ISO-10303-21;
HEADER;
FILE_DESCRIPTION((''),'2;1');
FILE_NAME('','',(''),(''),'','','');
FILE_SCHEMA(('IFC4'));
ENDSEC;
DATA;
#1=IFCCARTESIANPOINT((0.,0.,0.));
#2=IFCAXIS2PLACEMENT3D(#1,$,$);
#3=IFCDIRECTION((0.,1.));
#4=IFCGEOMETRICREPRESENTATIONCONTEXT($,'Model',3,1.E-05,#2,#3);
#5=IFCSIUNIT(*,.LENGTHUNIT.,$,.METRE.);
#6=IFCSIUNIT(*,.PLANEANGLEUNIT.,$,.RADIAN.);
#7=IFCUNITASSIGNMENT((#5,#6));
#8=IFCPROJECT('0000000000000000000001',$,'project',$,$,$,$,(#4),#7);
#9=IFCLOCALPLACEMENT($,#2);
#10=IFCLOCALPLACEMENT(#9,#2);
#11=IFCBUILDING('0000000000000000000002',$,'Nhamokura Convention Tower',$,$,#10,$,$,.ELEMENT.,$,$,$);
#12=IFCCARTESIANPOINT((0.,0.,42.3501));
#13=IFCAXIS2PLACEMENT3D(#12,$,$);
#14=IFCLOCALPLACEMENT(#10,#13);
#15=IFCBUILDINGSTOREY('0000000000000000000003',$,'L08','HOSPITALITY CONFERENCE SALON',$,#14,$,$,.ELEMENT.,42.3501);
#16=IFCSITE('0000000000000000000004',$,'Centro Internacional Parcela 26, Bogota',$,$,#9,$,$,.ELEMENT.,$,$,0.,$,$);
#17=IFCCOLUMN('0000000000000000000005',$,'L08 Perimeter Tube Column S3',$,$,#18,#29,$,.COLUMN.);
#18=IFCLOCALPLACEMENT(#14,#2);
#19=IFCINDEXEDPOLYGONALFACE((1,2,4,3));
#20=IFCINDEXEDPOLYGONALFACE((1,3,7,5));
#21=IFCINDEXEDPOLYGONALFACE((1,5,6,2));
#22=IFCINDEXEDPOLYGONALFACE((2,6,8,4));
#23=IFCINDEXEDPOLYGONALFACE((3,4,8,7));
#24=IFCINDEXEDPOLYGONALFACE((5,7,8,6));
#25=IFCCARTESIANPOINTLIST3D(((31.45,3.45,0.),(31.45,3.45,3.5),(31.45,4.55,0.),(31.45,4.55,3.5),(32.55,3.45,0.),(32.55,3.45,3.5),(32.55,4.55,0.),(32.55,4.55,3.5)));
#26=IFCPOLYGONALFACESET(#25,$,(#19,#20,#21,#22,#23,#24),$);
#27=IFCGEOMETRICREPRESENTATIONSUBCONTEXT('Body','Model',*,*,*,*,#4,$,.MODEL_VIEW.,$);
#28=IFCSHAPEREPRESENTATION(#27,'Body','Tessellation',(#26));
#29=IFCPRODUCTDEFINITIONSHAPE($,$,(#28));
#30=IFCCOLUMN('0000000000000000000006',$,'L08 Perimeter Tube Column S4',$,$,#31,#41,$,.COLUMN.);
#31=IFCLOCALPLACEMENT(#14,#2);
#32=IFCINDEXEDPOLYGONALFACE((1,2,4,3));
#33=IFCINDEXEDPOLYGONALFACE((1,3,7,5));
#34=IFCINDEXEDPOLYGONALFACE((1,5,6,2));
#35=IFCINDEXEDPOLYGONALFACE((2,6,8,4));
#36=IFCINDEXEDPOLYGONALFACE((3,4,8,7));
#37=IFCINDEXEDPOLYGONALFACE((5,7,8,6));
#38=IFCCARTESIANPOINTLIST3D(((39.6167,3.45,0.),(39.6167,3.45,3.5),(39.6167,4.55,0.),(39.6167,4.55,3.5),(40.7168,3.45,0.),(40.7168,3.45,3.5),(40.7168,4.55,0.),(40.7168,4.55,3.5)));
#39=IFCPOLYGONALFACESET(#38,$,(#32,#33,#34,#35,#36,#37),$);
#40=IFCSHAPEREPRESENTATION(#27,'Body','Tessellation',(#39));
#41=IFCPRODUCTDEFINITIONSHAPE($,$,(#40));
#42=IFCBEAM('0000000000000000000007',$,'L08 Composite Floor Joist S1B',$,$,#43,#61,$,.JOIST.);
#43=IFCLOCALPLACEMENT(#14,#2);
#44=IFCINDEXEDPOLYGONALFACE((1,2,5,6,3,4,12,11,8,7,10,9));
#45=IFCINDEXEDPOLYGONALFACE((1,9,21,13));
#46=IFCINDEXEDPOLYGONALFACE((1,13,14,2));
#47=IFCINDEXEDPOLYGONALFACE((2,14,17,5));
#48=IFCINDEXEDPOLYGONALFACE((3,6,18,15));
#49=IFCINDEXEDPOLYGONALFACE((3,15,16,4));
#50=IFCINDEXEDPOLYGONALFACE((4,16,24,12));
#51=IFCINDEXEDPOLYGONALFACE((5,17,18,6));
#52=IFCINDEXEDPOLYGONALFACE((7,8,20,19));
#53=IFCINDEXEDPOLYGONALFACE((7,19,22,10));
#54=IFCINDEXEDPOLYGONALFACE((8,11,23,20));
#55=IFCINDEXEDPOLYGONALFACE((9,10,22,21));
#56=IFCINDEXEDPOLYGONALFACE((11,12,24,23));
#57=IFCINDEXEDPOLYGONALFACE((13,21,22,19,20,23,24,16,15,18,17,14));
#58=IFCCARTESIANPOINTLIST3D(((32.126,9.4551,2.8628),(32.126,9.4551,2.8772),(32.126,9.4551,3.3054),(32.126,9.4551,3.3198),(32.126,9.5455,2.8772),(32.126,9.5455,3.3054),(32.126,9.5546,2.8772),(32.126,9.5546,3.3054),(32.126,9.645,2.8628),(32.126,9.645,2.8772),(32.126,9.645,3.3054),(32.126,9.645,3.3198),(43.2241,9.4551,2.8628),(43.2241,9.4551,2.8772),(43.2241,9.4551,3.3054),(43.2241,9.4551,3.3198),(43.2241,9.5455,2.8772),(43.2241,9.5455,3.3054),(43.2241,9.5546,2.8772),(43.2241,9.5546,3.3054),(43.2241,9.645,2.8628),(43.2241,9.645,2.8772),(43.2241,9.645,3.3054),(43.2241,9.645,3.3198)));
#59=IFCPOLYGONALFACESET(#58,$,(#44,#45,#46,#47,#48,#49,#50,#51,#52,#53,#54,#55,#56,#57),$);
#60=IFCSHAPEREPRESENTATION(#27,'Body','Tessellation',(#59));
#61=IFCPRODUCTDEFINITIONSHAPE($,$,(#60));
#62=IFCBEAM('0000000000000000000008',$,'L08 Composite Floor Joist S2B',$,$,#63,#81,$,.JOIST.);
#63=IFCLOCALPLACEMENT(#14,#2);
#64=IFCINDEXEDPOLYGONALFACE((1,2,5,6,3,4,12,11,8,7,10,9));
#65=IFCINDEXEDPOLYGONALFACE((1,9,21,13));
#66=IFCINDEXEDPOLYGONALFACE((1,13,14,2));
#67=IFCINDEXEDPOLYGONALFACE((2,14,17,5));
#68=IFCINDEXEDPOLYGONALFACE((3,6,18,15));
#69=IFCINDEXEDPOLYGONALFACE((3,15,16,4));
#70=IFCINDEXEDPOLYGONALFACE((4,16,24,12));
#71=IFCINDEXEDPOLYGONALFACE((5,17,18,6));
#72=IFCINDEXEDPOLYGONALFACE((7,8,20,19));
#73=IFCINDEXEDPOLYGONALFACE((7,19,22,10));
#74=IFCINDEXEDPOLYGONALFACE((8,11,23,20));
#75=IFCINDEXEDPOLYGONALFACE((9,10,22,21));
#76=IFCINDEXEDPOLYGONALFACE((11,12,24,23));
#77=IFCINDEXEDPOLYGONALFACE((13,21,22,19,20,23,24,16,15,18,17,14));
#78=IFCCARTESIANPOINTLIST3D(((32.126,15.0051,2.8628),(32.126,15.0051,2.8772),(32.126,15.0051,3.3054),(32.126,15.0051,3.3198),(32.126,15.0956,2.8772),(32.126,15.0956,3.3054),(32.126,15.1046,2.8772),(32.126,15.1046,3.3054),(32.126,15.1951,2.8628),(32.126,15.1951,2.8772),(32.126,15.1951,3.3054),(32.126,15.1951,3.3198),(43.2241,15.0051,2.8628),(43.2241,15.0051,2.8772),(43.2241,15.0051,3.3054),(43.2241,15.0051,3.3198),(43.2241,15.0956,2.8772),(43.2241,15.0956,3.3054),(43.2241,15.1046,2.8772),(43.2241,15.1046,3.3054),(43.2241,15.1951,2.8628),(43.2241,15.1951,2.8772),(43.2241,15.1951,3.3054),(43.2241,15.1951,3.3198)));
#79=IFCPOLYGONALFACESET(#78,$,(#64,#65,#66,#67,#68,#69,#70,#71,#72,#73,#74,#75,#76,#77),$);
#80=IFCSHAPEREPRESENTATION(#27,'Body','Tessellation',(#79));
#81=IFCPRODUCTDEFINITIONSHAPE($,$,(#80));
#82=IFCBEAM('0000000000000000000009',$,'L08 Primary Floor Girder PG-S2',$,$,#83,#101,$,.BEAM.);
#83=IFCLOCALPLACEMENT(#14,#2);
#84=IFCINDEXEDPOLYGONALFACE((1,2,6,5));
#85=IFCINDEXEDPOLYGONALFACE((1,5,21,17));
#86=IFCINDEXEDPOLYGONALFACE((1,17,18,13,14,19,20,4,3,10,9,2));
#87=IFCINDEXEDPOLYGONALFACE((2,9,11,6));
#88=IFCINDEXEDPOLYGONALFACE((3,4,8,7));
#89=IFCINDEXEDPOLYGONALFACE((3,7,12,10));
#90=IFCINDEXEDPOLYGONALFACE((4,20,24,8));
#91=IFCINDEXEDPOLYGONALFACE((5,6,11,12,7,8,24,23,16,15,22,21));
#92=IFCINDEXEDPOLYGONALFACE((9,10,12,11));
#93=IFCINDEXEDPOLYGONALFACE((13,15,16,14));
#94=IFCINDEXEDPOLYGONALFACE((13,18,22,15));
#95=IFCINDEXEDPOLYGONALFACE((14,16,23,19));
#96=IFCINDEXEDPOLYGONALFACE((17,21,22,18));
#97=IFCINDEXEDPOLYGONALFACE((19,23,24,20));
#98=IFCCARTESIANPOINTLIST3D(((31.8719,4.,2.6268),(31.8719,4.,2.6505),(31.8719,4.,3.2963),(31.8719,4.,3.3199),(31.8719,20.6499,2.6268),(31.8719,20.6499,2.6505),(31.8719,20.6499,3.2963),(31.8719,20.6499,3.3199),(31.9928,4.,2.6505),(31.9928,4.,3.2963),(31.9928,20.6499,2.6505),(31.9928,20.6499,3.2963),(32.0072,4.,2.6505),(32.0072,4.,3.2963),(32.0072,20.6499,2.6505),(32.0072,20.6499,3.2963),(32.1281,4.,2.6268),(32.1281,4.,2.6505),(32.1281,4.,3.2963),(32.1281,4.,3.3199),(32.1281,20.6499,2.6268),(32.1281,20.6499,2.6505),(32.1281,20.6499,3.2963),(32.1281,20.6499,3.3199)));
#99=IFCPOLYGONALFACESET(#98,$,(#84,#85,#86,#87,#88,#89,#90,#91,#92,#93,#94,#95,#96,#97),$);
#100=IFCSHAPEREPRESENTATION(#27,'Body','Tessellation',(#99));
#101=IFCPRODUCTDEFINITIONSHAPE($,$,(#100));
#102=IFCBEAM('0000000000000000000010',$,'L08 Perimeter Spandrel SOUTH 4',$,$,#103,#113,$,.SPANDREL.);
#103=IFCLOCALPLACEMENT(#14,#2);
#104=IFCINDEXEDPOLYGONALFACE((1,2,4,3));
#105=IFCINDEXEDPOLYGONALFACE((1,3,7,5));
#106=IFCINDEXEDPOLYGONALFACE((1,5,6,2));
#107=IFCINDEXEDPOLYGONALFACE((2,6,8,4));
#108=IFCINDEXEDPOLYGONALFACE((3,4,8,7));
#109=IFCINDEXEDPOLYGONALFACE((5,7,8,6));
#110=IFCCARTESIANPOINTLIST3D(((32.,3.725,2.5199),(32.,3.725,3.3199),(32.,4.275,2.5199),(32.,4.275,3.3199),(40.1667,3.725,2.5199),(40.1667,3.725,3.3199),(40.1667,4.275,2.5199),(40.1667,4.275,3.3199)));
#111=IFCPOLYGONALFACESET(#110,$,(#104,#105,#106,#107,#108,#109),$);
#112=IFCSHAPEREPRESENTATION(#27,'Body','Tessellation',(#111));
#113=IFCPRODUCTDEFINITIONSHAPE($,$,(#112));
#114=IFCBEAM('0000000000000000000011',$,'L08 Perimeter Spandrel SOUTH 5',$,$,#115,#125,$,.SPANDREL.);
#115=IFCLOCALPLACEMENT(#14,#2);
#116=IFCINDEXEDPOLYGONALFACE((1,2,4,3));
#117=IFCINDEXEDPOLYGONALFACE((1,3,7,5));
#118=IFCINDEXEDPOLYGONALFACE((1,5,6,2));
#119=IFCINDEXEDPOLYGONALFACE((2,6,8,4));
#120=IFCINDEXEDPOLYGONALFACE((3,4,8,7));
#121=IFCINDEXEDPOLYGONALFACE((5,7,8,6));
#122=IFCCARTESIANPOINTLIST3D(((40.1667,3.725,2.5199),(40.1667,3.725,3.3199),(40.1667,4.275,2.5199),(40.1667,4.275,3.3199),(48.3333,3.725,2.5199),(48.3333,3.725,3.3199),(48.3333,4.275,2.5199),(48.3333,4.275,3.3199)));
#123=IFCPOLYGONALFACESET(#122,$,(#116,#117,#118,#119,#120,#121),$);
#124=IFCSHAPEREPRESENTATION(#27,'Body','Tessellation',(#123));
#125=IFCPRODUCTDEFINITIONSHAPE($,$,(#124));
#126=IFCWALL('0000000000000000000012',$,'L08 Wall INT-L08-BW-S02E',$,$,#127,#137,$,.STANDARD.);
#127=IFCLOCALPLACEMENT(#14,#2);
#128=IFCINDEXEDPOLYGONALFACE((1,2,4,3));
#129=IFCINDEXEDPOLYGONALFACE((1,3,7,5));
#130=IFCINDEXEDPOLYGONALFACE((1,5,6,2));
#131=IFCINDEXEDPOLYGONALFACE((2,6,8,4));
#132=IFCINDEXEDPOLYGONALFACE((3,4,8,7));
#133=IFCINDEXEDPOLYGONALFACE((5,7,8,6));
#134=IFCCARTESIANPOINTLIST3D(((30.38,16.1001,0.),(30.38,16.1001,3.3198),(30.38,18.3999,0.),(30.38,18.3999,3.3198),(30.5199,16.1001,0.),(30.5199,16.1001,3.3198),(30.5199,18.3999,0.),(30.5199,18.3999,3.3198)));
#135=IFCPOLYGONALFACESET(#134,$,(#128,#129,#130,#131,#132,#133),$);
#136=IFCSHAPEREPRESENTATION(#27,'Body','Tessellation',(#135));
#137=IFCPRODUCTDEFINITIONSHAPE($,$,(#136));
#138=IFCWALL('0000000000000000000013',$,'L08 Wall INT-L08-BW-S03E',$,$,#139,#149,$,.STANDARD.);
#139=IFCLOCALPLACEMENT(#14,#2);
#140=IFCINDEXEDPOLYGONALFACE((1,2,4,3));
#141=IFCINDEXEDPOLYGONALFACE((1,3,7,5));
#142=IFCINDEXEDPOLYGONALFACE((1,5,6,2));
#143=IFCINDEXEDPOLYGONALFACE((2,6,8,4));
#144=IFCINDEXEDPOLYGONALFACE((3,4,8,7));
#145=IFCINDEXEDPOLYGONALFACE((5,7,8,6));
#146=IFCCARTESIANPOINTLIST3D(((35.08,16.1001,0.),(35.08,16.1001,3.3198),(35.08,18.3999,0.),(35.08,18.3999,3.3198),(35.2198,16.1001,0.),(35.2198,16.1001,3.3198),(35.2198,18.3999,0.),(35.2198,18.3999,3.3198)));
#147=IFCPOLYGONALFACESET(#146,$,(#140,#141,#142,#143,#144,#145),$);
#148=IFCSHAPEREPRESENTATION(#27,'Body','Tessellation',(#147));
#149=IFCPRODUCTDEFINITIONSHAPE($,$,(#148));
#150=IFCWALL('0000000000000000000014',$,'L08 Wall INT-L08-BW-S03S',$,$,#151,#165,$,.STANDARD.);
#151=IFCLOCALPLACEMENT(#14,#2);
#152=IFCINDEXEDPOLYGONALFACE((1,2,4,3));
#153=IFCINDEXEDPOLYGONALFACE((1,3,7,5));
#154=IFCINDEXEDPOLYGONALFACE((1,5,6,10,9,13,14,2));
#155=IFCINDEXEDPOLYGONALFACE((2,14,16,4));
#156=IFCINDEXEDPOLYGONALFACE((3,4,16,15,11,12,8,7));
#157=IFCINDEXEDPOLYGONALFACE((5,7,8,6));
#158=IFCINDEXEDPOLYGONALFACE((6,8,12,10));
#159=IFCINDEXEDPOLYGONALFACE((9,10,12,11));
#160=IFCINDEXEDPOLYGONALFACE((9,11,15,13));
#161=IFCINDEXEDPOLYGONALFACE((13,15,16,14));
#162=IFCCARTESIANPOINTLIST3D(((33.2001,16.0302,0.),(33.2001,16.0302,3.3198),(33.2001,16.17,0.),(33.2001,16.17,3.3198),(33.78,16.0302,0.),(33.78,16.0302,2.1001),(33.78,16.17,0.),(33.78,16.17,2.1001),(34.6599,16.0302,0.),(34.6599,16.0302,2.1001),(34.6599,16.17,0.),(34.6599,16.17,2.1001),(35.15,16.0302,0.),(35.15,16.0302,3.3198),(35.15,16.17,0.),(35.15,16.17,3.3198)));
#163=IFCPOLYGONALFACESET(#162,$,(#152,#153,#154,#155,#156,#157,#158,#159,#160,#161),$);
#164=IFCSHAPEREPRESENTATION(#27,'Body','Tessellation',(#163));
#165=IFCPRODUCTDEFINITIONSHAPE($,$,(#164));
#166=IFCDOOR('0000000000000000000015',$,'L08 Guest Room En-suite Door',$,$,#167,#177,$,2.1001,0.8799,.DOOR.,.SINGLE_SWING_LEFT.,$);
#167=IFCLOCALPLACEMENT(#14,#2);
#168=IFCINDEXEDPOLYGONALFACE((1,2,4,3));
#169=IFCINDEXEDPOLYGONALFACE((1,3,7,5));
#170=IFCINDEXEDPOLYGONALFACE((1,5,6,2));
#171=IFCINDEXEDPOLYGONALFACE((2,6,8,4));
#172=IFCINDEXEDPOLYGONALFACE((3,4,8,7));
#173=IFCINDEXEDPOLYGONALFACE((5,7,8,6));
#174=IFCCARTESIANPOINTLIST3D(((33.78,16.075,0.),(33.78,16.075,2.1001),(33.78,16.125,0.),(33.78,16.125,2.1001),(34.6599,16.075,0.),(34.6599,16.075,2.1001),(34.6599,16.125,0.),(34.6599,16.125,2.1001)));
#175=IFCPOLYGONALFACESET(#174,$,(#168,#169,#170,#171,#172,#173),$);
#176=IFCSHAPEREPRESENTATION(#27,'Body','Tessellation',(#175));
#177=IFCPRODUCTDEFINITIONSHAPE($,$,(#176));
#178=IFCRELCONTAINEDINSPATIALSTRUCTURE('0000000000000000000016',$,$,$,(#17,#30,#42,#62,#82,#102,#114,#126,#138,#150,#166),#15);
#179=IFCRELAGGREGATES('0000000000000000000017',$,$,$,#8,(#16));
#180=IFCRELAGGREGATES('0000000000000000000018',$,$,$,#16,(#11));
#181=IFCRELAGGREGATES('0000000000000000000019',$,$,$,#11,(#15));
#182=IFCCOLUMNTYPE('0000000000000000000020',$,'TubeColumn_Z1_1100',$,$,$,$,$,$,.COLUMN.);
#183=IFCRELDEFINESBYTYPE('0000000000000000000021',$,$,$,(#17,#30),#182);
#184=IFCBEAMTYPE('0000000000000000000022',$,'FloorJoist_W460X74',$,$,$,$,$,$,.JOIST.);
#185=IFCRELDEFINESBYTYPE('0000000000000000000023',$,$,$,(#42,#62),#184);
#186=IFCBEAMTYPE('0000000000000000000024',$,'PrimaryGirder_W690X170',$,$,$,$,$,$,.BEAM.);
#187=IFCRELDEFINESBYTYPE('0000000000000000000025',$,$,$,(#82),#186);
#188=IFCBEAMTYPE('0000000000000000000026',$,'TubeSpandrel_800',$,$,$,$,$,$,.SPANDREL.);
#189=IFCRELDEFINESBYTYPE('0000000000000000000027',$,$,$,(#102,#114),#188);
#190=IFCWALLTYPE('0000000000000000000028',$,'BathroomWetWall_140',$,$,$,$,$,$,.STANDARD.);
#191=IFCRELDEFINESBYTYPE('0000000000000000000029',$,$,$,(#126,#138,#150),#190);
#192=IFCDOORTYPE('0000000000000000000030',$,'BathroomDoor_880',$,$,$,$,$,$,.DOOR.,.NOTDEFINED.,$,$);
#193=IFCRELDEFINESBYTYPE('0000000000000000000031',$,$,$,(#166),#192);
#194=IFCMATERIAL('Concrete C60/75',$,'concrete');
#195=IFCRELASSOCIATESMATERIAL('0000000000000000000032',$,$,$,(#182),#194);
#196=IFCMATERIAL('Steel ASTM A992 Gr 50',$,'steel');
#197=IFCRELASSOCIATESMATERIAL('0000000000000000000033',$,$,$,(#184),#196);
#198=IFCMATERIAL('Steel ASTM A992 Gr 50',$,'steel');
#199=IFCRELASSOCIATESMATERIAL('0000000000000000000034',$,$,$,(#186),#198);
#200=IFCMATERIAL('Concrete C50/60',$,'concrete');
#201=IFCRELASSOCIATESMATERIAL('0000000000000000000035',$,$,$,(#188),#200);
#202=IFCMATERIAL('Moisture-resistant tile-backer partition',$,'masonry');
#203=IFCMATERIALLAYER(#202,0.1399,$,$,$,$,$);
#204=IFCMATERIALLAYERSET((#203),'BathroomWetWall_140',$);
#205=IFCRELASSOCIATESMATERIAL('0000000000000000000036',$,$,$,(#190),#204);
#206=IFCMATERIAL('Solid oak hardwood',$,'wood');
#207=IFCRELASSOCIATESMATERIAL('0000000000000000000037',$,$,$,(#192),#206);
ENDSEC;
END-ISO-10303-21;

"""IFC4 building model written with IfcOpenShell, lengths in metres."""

from ifc_helpers import new_model, si_unit, direction, frame, frame_2d, origin, origin_2d, place, context, subcontext, project, spatial, rectangle, i_section, extrude, material, layer, layer_set, material_profile, profile_set, type_object, element, fill, save


model = new_model("IFC4")

# Units and contexts
model_context = context("Model", 3, precision=1e-05, world=origin(), true_north=direction((0.0, 1.0)))
body_context = subcontext(model_context, "Body", "Model", "MODEL_VIEW")
ifc_project = project(units=[si_unit("LENGTHUNIT", "METRE"), si_unit("PLANEANGLEUNIT", "RADIAN")], contexts=[model_context])

# Site, building, storey
site_placement = place(None, origin())
site = spatial("IfcSite", under=ifc_project, at=site_placement, Name="Centro Internacional Parcela 26, Bogota", CompositionType="ELEMENT", RefElevation=0.0)
building_placement = place(site_placement, origin())
building = spatial("IfcBuilding", under=site, at=building_placement, Name="Nhamokura Convention Tower", CompositionType="ELEMENT")
storey_placement = place(building_placement, frame((0.0, 0.0, 42.3501)))
storey = spatial("IfcBuildingStorey", under=building, at=storey_placement, Name="L08", Description="HOSPITALITY CONFERENCE SALON", CompositionType="ELEMENT", Elevation=42.3501)

# Columns
ifc_material_1 = material(Name="Concrete C60/75", Category="concrete")
ifc_material_profile_1 = material_profile(ifc_material_1, rectangle(XDim=1.1001, YDim=1.1001, at=origin_2d()))
ifc_profile_set_1 = profile_set([ifc_material_profile_1], Name="Concrete C60/75")
column_type = type_object("IfcColumnType", Name="TubeColumn_Z1_1100", PredefinedType="COLUMN", material=ifc_profile_set_1)
for number, where, z_axis, x_axis, name in (
    (1, (32.0, 4.0, 0.0), (0.0, 0.0, 1.0), (1.0, 0.0, 0.0), "L08 Perimeter Tube Column S3"),
    (2, (40.1667, 4.0, 0.0), (0.0, 0.0, 1.0), (1.0, 0.0, 0.0), "L08 Perimeter Tube Column S4"),
):
    element("IfcColumn", number, at=place(storey_placement, frame(where, z_axis=z_axis, x_axis=x_axis)), inside=storey, type_object=column_type, Name=name, PredefinedType="COLUMN", context=body_context, shape_type="SweptSolid", body=[
        extrude(rectangle(XDim=1.1001, YDim=1.1001, at=origin_2d()), origin(), (0.0, 0.0, 1.0), 3.5),
    ])

# Beams
ifc_material_2 = material(Name="Steel ASTM A992 Gr 50", Category="steel")
ifc_material_profile_2 = material_profile(ifc_material_2, i_section(OverallWidth=0.1899, OverallDepth=0.457, WebThickness=0.009, FlangeThickness=0.0144, at=origin_2d()))
ifc_profile_set_2 = profile_set([ifc_material_profile_2], Name="Steel ASTM A992 Gr 50")
beam_type_1 = type_object("IfcBeamType", Name="FloorJoist_W460X74", PredefinedType="JOIST", material=ifc_profile_set_2)
for number, where, z_axis, x_axis, name in (
    (3, (32.126, 9.55, 3.0913), (1.0, 0.0, 0.0), (0.0, 1.0, 0.0), "L08 Composite Floor Joist S1B"),
    (4, (32.126, 15.1001, 3.0913), (1.0, 0.0, 0.0), (0.0, 1.0, 0.0), "L08 Composite Floor Joist S2B"),
):
    element("IfcBeam", number, at=place(storey_placement, frame(where, z_axis=z_axis, x_axis=x_axis)), inside=storey, type_object=beam_type_1, Name=name, PredefinedType="JOIST", context=body_context, shape_type="SweptSolid", body=[
        extrude(i_section(OverallWidth=0.1899, OverallDepth=0.457, WebThickness=0.009, FlangeThickness=0.0144, at=origin_2d()), origin(), (0.0, 0.0, 1.0), 11.0981),
    ])
ifc_material_3 = material(Name="Steel ASTM A992 Gr 50", Category="steel")
ifc_material_profile_3 = material_profile(ifc_material_3, i_section(OverallWidth=0.2561, OverallDepth=0.6931, WebThickness=0.0144, FlangeThickness=0.0237, at=origin_2d()))
ifc_profile_set_3 = profile_set([ifc_material_profile_3], Name="Steel ASTM A992 Gr 50")
beam_type_2 = type_object("IfcBeamType", Name="PrimaryGirder_W690X170", PredefinedType="BEAM", material=ifc_profile_set_3)
beam_1_placement = place(storey_placement, frame((32.0, 4.0, 2.9734), z_axis=(0.0, 1.0, 0.0), x_axis=(-1.0, 0.0, 0.0)))
element("IfcBeam", 5, at=beam_1_placement, inside=storey, type_object=beam_type_2, Name="L08 Primary Floor Girder PG-S2", PredefinedType="BEAM", context=body_context, shape_type="SweptSolid", body=[
    extrude(i_section(OverallWidth=0.2561, OverallDepth=0.6931, WebThickness=0.0144, FlangeThickness=0.0237, at=origin_2d()), origin(), (0.0, 0.0, 1.0), 16.6499),
])
ifc_material_4 = material(Name="Concrete C50/60", Category="concrete")
ifc_material_profile_4 = material_profile(ifc_material_4, rectangle(XDim=0.55, YDim=0.8, at=origin_2d()))
ifc_profile_set_4 = profile_set([ifc_material_profile_4], Name="Concrete C50/60")
beam_type_3 = type_object("IfcBeamType", Name="TubeSpandrel_800", PredefinedType="SPANDREL", material=ifc_profile_set_4)
beam_2_placement = place(storey_placement, frame((32.0, 4.0, 2.9199), z_axis=(1.0, 0.0, 0.0), x_axis=(0.0, 1.0, 0.0)))
element("IfcBeam", 6, at=beam_2_placement, inside=storey, type_object=beam_type_3, Name="L08 Perimeter Spandrel SOUTH 4", PredefinedType="SPANDREL", context=body_context, shape_type="SweptSolid", body=[
    extrude(rectangle(XDim=0.55, YDim=0.8, at=origin_2d()), origin(), (0.0, 0.0, 1.0), 8.1667),
])
beam_3_placement = place(storey_placement, frame((40.1667, 4.0, 2.9199), z_axis=(1.0, 0.0, 0.0), x_axis=(0.0, 1.0, 0.0)))
element("IfcBeam", 7, at=beam_3_placement, inside=storey, type_object=beam_type_3, Name="L08 Perimeter Spandrel SOUTH 5", PredefinedType="SPANDREL", context=body_context, shape_type="SweptSolid", body=[
    extrude(rectangle(XDim=0.55, YDim=0.8, at=origin_2d()), origin(), (0.0, 0.0, 1.0), 8.1665),
])

# Walls
ifc_material_5 = material(Name="Moisture-resistant tile-backer partition", Category="masonry")
ifc_layer_1 = layer(ifc_material_5, 0.1399)
ifc_layer_set_1 = layer_set([ifc_layer_1], Name="BathroomWetWall_140")
wall_type_1 = type_object("IfcWallType", Name="BathroomWetWall_140", PredefinedType="STANDARD", material=ifc_layer_set_1)
for number, where, z_axis, x_axis, name in (
    (8, (30.45, 16.1001, 0.0), (0.0, 0.0, 1.0), (0.0, 1.0, 0.0), "L08 Wall INT-L08-BW-S02E"),
    (9, (35.1499, 16.1001, 0.0), (0.0, 0.0, 1.0), (0.0, 1.0, 0.0), "L08 Wall INT-L08-BW-S03E"),
):
    element("IfcWall", number, at=place(storey_placement, frame(where, z_axis=z_axis, x_axis=x_axis)), inside=storey, type_object=wall_type_1, Name=name, PredefinedType="STANDARD", context=body_context, shape_type="SweptSolid", body=[
        extrude(rectangle(XDim=2.2998, YDim=0.1399, at=frame_2d((1.1499, 0.0))), origin(), (0.0, 0.0, 1.0), 3.3198),
    ])

# Wall, opening, door
wall_1_placement = place(storey_placement, frame((33.2, 16.1001, 0.0), z_axis=(0.0, 0.0, 1.0), x_axis=(1.0, 0.0, 0.0)))
wall_1 = element("IfcWall", 10, at=wall_1_placement, inside=storey, type_object=wall_type_1, Name="L08 Wall INT-L08-BW-S03S", PredefinedType="STANDARD", context=body_context, shape_type="SweptSolid", body=[
    extrude(rectangle(XDim=1.95, YDim=0.1399, at=frame_2d((0.9751, 0.0))), origin(), (0.0, 0.0, 1.0), 3.3198),
])
opening_1_placement = place(wall_1_placement, frame((0.5801, 0.0, 0.0)))
opening_1 = element("IfcOpeningElement", 11, at=opening_1_placement, cuts=wall_1, PredefinedType="OPENING", context=body_context, shape_type="SweptSolid", body=[
    extrude(rectangle(XDim=0.8799, YDim=2.1001, at=frame_2d((0.4399, 1.05))), frame((0.0, 0.0798, 0.0), z_axis=(0.0, -1.0, 0.0), x_axis=(1.0, 0.0, 0.0)), (0.0, 0.0, 1.0), 0.1599),
])
ifc_material_6 = material(Name="Solid oak hardwood", Category="wood")
door_type_1 = type_object("IfcDoorType", Name="BathroomDoor_880", OperationType="NOTDEFINED", PredefinedType="DOOR", material=ifc_material_6)
door_1_placement = place(opening_1_placement, origin())
door_1 = element("IfcDoor", 12, at=door_1_placement, inside=storey, type_object=door_type_1, Name="L08 Guest Room En-suite Door", OperationType="SINGLE_SWING_LEFT", OverallHeight=2.1001, OverallWidth=0.8799, PredefinedType="DOOR", context=body_context, shape_type="SweptSolid", body=[
    extrude(rectangle(XDim=0.8799, YDim=2.1001, at=frame_2d((0.4399, 1.05))), frame((0.0, 0.0249, 0.0), z_axis=(0.0, -1.0, 0.0), x_axis=(1.0, 0.0, 0.0)), (0.0, 0.0, 1.0), 0.05),
])
fill(opening_1, door_1)

save(model, "model.ifc")
